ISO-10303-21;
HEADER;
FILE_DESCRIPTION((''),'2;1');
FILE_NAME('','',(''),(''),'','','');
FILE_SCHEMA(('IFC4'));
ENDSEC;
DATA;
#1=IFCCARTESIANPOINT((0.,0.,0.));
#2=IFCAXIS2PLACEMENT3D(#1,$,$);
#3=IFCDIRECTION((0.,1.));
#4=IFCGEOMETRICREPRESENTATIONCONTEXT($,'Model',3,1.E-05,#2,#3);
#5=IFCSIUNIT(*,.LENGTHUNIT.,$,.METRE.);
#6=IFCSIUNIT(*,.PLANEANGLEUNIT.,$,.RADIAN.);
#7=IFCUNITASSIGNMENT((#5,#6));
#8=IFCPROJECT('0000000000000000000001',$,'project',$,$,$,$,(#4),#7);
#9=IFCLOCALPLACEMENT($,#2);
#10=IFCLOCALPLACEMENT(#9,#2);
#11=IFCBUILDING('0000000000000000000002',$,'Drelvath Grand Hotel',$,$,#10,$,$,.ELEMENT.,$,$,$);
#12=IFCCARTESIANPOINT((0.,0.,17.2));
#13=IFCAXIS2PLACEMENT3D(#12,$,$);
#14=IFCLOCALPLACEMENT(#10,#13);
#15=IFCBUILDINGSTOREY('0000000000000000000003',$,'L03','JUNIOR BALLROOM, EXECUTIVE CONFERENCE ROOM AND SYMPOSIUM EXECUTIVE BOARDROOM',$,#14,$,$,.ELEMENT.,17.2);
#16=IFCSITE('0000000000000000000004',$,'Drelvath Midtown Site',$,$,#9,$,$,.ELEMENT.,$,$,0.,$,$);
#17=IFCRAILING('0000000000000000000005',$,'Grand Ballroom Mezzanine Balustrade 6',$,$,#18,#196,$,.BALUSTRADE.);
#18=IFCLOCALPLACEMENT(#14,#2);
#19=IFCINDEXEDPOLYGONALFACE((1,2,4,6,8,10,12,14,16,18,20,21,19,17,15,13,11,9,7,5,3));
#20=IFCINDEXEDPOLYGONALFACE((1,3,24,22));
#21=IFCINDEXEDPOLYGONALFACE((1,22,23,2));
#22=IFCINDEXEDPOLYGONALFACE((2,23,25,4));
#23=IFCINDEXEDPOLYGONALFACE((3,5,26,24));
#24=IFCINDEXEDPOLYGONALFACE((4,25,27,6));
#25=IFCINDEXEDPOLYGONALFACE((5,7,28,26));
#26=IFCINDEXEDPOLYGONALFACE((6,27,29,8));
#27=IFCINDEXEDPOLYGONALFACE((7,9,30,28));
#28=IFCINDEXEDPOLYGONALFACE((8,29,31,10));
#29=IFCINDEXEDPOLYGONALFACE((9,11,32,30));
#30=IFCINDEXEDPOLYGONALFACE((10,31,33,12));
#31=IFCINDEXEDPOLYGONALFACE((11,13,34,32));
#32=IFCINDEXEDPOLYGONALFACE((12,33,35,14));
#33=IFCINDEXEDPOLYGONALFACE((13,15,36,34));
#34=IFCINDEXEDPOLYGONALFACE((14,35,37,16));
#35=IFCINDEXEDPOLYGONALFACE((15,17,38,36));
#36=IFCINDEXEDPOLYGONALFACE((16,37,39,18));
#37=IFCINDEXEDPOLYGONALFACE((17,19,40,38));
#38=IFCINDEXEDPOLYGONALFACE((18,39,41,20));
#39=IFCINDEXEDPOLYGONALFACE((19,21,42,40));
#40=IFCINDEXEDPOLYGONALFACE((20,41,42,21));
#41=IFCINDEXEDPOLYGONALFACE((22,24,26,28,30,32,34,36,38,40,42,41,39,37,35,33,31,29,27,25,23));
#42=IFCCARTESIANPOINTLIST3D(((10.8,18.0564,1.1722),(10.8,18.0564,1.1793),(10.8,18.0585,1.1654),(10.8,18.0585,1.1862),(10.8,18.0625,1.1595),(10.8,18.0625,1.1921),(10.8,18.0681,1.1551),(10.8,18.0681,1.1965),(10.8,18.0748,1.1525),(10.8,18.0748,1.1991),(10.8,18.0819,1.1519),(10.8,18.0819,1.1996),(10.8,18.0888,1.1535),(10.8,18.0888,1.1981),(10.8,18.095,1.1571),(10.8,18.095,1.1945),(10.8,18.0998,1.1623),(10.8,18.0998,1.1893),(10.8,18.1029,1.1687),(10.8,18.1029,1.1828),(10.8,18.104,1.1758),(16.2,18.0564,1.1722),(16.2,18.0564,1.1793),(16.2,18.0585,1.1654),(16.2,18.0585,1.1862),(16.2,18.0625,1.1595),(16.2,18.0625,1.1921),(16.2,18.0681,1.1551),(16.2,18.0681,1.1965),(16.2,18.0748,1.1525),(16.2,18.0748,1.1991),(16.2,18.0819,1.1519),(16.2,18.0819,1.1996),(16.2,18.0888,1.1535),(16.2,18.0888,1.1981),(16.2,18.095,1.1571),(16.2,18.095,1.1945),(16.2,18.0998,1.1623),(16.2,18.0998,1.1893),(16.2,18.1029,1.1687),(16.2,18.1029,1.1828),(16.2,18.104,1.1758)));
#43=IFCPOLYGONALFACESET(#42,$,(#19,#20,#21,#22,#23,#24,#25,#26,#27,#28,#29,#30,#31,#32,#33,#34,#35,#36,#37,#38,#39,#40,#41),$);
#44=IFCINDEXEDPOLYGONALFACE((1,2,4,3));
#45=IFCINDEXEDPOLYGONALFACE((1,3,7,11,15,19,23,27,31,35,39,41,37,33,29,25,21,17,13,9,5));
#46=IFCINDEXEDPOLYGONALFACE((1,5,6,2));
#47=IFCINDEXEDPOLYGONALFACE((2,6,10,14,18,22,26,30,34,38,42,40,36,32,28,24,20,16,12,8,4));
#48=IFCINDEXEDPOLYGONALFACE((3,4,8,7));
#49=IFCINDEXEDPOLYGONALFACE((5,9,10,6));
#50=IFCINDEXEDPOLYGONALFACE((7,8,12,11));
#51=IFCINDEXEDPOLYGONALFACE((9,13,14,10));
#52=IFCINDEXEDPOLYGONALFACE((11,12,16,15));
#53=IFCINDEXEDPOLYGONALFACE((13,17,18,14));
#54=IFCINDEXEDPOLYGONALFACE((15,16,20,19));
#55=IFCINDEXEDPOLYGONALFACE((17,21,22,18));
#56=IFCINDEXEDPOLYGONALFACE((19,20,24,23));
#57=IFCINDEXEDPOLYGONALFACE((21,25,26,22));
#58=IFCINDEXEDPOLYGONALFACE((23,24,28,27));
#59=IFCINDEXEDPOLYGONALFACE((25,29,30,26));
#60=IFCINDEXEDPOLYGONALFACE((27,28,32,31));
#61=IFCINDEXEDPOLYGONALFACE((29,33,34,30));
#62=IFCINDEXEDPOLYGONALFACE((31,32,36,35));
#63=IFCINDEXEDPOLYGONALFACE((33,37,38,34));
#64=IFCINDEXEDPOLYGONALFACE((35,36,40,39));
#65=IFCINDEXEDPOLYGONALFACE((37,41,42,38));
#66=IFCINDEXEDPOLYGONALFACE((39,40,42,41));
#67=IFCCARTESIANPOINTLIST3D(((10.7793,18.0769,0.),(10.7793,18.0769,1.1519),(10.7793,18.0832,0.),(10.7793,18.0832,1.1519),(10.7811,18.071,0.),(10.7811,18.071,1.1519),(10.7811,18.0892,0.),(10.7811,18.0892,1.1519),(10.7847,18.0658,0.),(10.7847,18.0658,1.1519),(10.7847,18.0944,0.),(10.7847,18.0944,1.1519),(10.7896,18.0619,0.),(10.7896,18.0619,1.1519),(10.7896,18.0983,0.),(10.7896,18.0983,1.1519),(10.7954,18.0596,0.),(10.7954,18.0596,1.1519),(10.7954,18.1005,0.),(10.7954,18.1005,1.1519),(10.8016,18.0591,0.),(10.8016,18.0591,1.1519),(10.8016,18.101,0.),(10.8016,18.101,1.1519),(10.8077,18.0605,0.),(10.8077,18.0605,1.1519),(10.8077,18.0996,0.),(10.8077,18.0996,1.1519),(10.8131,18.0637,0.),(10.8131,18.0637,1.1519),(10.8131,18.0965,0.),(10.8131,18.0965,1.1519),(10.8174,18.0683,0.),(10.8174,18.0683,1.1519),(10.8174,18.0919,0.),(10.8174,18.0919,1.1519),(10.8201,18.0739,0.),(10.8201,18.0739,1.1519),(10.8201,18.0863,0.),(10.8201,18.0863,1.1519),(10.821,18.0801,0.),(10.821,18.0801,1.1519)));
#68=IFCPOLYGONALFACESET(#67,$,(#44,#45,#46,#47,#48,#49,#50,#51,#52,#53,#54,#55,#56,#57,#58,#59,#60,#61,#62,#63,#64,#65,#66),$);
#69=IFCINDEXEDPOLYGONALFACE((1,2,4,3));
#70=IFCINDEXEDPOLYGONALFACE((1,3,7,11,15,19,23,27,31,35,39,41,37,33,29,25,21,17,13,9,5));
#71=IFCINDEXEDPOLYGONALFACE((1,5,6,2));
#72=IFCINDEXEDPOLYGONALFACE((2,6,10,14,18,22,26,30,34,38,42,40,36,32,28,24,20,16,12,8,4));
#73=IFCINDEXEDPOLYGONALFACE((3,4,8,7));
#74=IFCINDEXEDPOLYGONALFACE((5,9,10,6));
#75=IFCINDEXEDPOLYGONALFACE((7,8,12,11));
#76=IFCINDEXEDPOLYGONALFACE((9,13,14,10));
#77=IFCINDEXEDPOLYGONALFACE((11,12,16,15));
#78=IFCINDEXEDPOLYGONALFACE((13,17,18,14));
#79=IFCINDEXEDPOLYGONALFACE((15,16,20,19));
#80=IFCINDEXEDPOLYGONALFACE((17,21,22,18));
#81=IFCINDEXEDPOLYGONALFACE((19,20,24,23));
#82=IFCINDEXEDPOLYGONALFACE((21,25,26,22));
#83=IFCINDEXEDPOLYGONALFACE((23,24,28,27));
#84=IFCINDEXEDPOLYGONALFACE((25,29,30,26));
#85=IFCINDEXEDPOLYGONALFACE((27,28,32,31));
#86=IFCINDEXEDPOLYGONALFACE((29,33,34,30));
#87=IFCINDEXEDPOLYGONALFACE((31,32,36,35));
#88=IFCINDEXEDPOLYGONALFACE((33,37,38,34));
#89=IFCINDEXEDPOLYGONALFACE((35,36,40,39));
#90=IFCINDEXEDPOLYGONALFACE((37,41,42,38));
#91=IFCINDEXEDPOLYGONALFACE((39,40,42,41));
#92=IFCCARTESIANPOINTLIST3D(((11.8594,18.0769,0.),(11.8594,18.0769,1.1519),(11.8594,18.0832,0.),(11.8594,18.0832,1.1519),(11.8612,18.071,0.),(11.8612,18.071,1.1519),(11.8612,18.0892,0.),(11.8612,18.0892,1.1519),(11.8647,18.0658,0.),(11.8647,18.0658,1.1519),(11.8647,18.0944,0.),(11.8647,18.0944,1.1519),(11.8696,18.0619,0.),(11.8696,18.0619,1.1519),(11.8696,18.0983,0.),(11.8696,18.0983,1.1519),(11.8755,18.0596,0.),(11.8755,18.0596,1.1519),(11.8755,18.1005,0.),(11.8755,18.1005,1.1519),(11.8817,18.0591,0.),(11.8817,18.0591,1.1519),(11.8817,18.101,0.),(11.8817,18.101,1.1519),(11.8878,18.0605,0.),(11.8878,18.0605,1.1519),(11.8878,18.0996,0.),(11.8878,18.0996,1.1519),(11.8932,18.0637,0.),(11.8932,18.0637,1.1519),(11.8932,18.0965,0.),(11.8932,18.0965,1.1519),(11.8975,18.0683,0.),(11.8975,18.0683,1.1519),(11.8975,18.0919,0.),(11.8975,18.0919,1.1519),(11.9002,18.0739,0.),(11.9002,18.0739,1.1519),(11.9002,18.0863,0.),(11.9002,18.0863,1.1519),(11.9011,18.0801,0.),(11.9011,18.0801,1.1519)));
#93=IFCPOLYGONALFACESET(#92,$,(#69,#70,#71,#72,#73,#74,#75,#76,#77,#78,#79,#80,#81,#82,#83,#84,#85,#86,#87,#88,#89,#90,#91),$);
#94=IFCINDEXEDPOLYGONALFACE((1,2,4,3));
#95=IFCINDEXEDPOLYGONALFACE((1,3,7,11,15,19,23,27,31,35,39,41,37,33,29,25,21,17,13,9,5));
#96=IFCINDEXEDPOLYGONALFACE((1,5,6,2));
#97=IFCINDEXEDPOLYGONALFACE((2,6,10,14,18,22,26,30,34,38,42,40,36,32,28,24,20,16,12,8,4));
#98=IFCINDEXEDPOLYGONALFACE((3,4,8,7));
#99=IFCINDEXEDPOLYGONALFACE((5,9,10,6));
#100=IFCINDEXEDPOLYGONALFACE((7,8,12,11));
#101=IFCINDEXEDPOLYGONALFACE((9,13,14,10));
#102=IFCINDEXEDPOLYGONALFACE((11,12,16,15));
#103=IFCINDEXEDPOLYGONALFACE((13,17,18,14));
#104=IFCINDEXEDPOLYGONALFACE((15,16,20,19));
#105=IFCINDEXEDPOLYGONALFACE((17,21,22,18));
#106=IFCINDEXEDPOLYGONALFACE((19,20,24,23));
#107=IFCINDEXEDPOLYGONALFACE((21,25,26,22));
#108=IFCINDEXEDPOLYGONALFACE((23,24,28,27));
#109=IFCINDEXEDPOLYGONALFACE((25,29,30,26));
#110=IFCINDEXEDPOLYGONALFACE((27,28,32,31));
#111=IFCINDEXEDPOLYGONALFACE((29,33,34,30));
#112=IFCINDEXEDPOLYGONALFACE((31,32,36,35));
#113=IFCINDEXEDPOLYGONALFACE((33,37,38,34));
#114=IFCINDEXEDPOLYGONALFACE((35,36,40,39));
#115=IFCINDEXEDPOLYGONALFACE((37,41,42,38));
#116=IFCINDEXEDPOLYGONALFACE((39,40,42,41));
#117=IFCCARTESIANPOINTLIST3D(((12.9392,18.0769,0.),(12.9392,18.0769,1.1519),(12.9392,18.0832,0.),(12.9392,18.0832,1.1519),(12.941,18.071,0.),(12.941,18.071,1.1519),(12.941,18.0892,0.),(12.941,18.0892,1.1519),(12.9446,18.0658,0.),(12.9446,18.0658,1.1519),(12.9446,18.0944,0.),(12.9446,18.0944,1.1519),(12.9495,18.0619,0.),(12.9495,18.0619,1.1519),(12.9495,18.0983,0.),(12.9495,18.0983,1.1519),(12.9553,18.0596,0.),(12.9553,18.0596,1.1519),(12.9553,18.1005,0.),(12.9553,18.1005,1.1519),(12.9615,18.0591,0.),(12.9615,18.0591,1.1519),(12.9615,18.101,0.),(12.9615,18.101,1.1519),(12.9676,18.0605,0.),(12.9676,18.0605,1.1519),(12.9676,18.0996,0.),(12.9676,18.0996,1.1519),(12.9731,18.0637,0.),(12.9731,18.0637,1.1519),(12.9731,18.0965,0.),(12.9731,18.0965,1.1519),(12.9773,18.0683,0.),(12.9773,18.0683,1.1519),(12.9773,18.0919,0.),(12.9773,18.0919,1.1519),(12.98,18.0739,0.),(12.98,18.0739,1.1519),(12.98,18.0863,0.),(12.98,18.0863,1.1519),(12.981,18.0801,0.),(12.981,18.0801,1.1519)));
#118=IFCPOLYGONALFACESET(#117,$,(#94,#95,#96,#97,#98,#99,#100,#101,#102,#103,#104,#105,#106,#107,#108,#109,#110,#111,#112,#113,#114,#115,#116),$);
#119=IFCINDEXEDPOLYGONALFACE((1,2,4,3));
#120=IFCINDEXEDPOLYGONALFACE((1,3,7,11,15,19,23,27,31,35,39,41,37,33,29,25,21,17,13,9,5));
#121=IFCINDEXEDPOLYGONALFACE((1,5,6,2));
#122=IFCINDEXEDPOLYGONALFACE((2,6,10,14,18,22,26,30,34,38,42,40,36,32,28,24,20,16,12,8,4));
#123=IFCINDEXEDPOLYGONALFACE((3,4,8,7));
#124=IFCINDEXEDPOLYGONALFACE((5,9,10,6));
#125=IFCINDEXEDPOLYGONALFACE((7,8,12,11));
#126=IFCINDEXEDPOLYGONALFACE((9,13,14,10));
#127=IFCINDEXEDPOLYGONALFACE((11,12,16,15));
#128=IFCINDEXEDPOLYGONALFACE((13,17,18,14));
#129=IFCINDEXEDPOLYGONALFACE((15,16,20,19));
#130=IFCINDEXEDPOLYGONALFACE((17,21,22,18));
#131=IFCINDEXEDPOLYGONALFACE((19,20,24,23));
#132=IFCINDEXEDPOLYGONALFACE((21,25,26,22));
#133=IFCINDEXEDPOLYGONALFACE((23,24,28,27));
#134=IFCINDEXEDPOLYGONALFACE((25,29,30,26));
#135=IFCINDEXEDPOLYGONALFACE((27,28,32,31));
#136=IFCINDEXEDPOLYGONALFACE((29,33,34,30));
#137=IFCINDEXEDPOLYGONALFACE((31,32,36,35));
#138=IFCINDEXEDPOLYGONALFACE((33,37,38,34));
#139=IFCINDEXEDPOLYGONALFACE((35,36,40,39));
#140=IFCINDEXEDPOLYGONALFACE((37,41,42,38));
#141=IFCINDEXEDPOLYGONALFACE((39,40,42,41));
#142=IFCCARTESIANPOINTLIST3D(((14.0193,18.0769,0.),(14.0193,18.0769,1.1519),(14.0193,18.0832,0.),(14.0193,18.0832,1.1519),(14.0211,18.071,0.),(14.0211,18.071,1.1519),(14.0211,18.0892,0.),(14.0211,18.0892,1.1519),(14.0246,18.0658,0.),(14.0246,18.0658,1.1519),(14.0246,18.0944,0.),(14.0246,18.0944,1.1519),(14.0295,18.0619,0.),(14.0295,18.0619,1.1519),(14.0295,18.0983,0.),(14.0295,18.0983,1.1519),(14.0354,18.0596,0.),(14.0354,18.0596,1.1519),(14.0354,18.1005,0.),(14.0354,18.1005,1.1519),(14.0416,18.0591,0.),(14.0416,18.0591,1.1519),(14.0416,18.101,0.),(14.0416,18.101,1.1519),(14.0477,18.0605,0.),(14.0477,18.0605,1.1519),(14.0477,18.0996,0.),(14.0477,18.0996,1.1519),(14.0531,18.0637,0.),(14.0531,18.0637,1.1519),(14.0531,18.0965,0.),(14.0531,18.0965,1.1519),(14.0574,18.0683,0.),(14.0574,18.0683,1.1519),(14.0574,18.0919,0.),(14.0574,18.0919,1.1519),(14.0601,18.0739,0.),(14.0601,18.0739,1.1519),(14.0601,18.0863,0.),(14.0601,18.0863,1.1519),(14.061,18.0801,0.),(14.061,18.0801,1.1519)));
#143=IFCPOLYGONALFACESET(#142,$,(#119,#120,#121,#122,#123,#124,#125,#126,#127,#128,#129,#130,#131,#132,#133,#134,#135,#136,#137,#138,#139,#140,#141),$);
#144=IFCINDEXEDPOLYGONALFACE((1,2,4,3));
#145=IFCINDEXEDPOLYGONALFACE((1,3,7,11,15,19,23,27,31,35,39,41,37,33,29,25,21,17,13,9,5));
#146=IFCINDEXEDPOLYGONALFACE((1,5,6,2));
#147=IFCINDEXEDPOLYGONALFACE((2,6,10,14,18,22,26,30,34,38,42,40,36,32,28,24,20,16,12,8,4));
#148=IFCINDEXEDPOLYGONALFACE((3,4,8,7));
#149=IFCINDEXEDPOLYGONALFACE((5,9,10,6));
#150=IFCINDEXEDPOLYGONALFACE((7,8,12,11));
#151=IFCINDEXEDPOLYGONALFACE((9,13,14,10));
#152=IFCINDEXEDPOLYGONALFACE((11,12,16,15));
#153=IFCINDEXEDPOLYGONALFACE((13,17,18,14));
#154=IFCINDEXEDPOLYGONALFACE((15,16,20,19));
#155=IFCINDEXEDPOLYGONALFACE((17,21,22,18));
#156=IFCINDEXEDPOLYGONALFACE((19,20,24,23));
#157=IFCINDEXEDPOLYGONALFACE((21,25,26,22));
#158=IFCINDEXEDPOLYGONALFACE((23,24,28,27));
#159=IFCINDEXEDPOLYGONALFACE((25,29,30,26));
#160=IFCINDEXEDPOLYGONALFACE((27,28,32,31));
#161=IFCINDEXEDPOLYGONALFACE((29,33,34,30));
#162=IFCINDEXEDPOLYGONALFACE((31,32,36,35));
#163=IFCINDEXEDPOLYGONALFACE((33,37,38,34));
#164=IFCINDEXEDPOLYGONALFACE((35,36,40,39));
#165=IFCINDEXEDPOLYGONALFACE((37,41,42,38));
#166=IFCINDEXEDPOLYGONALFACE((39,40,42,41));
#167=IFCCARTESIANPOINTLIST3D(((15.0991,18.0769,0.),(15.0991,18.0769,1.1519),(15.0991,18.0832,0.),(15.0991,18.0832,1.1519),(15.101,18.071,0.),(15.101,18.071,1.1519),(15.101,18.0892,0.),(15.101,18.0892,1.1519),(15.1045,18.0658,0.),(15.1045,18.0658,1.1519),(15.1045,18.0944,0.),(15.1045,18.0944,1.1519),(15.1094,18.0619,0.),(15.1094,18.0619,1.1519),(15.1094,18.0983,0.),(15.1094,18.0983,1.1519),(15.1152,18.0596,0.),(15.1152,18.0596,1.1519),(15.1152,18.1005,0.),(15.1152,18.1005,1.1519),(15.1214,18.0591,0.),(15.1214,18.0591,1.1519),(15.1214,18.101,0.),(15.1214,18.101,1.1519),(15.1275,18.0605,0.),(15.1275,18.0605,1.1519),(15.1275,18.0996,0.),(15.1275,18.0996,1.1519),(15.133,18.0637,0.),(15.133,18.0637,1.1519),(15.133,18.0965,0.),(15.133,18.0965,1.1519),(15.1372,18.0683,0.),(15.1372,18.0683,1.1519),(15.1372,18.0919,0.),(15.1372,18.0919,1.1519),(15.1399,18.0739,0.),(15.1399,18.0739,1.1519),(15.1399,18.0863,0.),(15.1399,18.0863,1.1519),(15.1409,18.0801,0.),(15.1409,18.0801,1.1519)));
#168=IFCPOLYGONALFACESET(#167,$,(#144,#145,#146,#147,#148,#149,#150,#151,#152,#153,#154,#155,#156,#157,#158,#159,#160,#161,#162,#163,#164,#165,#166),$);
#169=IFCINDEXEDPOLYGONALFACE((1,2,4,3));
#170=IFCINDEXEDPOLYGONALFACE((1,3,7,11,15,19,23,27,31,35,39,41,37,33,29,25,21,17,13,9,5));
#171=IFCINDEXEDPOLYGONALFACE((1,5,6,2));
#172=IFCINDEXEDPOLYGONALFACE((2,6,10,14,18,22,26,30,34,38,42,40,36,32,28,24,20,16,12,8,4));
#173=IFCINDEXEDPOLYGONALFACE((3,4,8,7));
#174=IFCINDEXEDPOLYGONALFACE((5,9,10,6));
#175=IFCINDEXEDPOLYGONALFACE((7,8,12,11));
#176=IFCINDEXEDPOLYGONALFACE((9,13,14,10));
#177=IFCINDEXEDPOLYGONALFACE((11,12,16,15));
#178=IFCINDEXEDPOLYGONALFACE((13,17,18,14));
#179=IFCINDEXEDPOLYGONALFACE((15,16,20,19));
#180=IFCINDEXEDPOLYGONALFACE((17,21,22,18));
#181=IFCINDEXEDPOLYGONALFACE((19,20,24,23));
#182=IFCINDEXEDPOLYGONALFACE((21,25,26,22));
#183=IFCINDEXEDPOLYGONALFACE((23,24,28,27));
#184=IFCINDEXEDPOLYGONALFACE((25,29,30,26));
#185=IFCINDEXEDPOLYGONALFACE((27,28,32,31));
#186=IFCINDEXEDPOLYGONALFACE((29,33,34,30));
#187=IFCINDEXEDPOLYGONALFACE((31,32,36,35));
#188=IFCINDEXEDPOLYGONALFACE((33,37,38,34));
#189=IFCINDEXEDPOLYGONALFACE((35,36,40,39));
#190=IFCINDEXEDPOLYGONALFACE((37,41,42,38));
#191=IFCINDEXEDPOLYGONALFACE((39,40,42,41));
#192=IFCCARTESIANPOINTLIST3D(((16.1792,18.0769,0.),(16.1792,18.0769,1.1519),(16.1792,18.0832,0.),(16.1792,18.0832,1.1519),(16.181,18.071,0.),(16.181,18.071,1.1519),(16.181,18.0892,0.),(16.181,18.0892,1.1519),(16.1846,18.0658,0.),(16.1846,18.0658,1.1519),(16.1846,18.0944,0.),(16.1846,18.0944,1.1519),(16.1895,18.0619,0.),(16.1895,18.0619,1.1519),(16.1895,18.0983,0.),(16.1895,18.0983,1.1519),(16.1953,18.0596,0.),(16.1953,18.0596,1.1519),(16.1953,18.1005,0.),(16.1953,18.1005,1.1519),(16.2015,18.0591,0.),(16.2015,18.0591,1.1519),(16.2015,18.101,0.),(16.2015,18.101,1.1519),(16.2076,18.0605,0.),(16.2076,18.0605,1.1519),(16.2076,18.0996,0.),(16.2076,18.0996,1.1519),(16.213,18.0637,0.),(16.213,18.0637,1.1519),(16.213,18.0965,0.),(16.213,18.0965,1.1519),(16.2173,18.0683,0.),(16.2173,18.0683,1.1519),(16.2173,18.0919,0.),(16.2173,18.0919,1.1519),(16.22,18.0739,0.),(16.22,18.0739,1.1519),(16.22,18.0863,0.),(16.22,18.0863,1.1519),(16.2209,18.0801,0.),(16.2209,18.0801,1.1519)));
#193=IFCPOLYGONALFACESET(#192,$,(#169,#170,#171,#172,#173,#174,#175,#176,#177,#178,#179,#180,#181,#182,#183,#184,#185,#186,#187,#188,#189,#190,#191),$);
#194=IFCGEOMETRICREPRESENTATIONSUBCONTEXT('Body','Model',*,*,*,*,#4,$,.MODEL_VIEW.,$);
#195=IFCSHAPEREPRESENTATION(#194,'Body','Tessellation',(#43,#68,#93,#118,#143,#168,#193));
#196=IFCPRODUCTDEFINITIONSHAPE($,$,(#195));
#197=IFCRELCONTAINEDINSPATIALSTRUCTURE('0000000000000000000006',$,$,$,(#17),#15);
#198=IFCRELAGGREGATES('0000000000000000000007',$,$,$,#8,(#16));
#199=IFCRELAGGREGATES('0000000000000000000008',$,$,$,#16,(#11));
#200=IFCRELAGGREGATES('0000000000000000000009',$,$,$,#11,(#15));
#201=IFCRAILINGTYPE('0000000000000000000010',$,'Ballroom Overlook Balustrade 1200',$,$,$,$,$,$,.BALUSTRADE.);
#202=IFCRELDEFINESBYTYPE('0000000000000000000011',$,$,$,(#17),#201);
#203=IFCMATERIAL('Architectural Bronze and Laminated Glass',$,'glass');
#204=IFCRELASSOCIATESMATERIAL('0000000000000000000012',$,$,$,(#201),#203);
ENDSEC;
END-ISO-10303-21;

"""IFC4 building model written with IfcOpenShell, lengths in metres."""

from ifc_helpers import new_model, si_unit, direction, frame, origin, origin_2d, place, context, subcontext, project, spatial, circle, extrude, material, type_object, element, save


model = new_model("IFC4")

# Units and contexts
model_context = context("Model", 3, precision=1e-05, world=origin(), true_north=direction((0.0, 1.0)))
body_context = subcontext(model_context, "Body", "Model", "MODEL_VIEW")
ifc_project = project(units=[si_unit("LENGTHUNIT", "METRE"), si_unit("PLANEANGLEUNIT", "RADIAN")], contexts=[model_context])

# Site, building, storey
site_placement = place(None, origin())
site = spatial("IfcSite", under=ifc_project, at=site_placement, Name="Drelvath Midtown Site", CompositionType="ELEMENT", RefElevation=0.0)
building_placement = place(site_placement, origin())
building = spatial("IfcBuilding", under=site, at=building_placement, Name="Drelvath Grand Hotel", CompositionType="ELEMENT")
storey_placement = place(building_placement, frame((0.0, 0.0, 17.2)))
storey = spatial("IfcBuildingStorey", under=building, at=storey_placement, Name="L03", Description="JUNIOR BALLROOM, EXECUTIVE CONFERENCE ROOM AND SYMPOSIUM EXECUTIVE BOARDROOM", CompositionType="ELEMENT", Elevation=17.2)

# Railing
ifc_material_1 = material(Name="Architectural Bronze and Laminated Glass", Category="glass")
railing_type_1 = type_object("IfcRailingType", Name="Ballroom Overlook Balustrade 1200", PredefinedType="BALUSTRADE", material=ifc_material_1)
railing_1_placement = place(storey_placement, frame((10.8, 18.0801, 0.0)))
element("IfcRailing", 1, at=railing_1_placement, inside=storey, type_object=railing_type_1, Name="Grand Ballroom Mezzanine Balustrade 6", PredefinedType="BALUSTRADE", context=body_context, shape_type="SweptSolid", body=[
    extrude(circle(Radius=0.0239, at=origin_2d()), frame((0.0, 0.0, 1.1758), z_axis=(1.0, 0.0, 0.0), x_axis=(0.0, 1.0, 0.0)), (0.0, 0.0, 1.0), 5.3999),
    extrude(circle(Radius=0.021, at=origin_2d()), origin(), (0.0, 0.0, 1.0), 1.1519),
    extrude(circle(Radius=0.021, at=origin_2d()), frame((1.0801, 0.0, 0.0)), (0.0, 0.0, 1.0), 1.1519),
    extrude(circle(Radius=0.021, at=origin_2d()), frame((2.1599, 0.0, 0.0)), (0.0, 0.0, 1.0), 1.1519),
    extrude(circle(Radius=0.021, at=origin_2d()), frame((3.24, 0.0, 0.0)), (0.0, 0.0, 1.0), 1.1519),
    extrude(circle(Radius=0.021, at=origin_2d()), frame((4.3198, 0.0, 0.0)), (0.0, 0.0, 1.0), 1.1519),
    extrude(circle(Radius=0.021, at=origin_2d()), frame((5.3999, 0.0, 0.0)), (0.0, 0.0, 1.0), 1.1519),
])

save(model, "model.ifc")
